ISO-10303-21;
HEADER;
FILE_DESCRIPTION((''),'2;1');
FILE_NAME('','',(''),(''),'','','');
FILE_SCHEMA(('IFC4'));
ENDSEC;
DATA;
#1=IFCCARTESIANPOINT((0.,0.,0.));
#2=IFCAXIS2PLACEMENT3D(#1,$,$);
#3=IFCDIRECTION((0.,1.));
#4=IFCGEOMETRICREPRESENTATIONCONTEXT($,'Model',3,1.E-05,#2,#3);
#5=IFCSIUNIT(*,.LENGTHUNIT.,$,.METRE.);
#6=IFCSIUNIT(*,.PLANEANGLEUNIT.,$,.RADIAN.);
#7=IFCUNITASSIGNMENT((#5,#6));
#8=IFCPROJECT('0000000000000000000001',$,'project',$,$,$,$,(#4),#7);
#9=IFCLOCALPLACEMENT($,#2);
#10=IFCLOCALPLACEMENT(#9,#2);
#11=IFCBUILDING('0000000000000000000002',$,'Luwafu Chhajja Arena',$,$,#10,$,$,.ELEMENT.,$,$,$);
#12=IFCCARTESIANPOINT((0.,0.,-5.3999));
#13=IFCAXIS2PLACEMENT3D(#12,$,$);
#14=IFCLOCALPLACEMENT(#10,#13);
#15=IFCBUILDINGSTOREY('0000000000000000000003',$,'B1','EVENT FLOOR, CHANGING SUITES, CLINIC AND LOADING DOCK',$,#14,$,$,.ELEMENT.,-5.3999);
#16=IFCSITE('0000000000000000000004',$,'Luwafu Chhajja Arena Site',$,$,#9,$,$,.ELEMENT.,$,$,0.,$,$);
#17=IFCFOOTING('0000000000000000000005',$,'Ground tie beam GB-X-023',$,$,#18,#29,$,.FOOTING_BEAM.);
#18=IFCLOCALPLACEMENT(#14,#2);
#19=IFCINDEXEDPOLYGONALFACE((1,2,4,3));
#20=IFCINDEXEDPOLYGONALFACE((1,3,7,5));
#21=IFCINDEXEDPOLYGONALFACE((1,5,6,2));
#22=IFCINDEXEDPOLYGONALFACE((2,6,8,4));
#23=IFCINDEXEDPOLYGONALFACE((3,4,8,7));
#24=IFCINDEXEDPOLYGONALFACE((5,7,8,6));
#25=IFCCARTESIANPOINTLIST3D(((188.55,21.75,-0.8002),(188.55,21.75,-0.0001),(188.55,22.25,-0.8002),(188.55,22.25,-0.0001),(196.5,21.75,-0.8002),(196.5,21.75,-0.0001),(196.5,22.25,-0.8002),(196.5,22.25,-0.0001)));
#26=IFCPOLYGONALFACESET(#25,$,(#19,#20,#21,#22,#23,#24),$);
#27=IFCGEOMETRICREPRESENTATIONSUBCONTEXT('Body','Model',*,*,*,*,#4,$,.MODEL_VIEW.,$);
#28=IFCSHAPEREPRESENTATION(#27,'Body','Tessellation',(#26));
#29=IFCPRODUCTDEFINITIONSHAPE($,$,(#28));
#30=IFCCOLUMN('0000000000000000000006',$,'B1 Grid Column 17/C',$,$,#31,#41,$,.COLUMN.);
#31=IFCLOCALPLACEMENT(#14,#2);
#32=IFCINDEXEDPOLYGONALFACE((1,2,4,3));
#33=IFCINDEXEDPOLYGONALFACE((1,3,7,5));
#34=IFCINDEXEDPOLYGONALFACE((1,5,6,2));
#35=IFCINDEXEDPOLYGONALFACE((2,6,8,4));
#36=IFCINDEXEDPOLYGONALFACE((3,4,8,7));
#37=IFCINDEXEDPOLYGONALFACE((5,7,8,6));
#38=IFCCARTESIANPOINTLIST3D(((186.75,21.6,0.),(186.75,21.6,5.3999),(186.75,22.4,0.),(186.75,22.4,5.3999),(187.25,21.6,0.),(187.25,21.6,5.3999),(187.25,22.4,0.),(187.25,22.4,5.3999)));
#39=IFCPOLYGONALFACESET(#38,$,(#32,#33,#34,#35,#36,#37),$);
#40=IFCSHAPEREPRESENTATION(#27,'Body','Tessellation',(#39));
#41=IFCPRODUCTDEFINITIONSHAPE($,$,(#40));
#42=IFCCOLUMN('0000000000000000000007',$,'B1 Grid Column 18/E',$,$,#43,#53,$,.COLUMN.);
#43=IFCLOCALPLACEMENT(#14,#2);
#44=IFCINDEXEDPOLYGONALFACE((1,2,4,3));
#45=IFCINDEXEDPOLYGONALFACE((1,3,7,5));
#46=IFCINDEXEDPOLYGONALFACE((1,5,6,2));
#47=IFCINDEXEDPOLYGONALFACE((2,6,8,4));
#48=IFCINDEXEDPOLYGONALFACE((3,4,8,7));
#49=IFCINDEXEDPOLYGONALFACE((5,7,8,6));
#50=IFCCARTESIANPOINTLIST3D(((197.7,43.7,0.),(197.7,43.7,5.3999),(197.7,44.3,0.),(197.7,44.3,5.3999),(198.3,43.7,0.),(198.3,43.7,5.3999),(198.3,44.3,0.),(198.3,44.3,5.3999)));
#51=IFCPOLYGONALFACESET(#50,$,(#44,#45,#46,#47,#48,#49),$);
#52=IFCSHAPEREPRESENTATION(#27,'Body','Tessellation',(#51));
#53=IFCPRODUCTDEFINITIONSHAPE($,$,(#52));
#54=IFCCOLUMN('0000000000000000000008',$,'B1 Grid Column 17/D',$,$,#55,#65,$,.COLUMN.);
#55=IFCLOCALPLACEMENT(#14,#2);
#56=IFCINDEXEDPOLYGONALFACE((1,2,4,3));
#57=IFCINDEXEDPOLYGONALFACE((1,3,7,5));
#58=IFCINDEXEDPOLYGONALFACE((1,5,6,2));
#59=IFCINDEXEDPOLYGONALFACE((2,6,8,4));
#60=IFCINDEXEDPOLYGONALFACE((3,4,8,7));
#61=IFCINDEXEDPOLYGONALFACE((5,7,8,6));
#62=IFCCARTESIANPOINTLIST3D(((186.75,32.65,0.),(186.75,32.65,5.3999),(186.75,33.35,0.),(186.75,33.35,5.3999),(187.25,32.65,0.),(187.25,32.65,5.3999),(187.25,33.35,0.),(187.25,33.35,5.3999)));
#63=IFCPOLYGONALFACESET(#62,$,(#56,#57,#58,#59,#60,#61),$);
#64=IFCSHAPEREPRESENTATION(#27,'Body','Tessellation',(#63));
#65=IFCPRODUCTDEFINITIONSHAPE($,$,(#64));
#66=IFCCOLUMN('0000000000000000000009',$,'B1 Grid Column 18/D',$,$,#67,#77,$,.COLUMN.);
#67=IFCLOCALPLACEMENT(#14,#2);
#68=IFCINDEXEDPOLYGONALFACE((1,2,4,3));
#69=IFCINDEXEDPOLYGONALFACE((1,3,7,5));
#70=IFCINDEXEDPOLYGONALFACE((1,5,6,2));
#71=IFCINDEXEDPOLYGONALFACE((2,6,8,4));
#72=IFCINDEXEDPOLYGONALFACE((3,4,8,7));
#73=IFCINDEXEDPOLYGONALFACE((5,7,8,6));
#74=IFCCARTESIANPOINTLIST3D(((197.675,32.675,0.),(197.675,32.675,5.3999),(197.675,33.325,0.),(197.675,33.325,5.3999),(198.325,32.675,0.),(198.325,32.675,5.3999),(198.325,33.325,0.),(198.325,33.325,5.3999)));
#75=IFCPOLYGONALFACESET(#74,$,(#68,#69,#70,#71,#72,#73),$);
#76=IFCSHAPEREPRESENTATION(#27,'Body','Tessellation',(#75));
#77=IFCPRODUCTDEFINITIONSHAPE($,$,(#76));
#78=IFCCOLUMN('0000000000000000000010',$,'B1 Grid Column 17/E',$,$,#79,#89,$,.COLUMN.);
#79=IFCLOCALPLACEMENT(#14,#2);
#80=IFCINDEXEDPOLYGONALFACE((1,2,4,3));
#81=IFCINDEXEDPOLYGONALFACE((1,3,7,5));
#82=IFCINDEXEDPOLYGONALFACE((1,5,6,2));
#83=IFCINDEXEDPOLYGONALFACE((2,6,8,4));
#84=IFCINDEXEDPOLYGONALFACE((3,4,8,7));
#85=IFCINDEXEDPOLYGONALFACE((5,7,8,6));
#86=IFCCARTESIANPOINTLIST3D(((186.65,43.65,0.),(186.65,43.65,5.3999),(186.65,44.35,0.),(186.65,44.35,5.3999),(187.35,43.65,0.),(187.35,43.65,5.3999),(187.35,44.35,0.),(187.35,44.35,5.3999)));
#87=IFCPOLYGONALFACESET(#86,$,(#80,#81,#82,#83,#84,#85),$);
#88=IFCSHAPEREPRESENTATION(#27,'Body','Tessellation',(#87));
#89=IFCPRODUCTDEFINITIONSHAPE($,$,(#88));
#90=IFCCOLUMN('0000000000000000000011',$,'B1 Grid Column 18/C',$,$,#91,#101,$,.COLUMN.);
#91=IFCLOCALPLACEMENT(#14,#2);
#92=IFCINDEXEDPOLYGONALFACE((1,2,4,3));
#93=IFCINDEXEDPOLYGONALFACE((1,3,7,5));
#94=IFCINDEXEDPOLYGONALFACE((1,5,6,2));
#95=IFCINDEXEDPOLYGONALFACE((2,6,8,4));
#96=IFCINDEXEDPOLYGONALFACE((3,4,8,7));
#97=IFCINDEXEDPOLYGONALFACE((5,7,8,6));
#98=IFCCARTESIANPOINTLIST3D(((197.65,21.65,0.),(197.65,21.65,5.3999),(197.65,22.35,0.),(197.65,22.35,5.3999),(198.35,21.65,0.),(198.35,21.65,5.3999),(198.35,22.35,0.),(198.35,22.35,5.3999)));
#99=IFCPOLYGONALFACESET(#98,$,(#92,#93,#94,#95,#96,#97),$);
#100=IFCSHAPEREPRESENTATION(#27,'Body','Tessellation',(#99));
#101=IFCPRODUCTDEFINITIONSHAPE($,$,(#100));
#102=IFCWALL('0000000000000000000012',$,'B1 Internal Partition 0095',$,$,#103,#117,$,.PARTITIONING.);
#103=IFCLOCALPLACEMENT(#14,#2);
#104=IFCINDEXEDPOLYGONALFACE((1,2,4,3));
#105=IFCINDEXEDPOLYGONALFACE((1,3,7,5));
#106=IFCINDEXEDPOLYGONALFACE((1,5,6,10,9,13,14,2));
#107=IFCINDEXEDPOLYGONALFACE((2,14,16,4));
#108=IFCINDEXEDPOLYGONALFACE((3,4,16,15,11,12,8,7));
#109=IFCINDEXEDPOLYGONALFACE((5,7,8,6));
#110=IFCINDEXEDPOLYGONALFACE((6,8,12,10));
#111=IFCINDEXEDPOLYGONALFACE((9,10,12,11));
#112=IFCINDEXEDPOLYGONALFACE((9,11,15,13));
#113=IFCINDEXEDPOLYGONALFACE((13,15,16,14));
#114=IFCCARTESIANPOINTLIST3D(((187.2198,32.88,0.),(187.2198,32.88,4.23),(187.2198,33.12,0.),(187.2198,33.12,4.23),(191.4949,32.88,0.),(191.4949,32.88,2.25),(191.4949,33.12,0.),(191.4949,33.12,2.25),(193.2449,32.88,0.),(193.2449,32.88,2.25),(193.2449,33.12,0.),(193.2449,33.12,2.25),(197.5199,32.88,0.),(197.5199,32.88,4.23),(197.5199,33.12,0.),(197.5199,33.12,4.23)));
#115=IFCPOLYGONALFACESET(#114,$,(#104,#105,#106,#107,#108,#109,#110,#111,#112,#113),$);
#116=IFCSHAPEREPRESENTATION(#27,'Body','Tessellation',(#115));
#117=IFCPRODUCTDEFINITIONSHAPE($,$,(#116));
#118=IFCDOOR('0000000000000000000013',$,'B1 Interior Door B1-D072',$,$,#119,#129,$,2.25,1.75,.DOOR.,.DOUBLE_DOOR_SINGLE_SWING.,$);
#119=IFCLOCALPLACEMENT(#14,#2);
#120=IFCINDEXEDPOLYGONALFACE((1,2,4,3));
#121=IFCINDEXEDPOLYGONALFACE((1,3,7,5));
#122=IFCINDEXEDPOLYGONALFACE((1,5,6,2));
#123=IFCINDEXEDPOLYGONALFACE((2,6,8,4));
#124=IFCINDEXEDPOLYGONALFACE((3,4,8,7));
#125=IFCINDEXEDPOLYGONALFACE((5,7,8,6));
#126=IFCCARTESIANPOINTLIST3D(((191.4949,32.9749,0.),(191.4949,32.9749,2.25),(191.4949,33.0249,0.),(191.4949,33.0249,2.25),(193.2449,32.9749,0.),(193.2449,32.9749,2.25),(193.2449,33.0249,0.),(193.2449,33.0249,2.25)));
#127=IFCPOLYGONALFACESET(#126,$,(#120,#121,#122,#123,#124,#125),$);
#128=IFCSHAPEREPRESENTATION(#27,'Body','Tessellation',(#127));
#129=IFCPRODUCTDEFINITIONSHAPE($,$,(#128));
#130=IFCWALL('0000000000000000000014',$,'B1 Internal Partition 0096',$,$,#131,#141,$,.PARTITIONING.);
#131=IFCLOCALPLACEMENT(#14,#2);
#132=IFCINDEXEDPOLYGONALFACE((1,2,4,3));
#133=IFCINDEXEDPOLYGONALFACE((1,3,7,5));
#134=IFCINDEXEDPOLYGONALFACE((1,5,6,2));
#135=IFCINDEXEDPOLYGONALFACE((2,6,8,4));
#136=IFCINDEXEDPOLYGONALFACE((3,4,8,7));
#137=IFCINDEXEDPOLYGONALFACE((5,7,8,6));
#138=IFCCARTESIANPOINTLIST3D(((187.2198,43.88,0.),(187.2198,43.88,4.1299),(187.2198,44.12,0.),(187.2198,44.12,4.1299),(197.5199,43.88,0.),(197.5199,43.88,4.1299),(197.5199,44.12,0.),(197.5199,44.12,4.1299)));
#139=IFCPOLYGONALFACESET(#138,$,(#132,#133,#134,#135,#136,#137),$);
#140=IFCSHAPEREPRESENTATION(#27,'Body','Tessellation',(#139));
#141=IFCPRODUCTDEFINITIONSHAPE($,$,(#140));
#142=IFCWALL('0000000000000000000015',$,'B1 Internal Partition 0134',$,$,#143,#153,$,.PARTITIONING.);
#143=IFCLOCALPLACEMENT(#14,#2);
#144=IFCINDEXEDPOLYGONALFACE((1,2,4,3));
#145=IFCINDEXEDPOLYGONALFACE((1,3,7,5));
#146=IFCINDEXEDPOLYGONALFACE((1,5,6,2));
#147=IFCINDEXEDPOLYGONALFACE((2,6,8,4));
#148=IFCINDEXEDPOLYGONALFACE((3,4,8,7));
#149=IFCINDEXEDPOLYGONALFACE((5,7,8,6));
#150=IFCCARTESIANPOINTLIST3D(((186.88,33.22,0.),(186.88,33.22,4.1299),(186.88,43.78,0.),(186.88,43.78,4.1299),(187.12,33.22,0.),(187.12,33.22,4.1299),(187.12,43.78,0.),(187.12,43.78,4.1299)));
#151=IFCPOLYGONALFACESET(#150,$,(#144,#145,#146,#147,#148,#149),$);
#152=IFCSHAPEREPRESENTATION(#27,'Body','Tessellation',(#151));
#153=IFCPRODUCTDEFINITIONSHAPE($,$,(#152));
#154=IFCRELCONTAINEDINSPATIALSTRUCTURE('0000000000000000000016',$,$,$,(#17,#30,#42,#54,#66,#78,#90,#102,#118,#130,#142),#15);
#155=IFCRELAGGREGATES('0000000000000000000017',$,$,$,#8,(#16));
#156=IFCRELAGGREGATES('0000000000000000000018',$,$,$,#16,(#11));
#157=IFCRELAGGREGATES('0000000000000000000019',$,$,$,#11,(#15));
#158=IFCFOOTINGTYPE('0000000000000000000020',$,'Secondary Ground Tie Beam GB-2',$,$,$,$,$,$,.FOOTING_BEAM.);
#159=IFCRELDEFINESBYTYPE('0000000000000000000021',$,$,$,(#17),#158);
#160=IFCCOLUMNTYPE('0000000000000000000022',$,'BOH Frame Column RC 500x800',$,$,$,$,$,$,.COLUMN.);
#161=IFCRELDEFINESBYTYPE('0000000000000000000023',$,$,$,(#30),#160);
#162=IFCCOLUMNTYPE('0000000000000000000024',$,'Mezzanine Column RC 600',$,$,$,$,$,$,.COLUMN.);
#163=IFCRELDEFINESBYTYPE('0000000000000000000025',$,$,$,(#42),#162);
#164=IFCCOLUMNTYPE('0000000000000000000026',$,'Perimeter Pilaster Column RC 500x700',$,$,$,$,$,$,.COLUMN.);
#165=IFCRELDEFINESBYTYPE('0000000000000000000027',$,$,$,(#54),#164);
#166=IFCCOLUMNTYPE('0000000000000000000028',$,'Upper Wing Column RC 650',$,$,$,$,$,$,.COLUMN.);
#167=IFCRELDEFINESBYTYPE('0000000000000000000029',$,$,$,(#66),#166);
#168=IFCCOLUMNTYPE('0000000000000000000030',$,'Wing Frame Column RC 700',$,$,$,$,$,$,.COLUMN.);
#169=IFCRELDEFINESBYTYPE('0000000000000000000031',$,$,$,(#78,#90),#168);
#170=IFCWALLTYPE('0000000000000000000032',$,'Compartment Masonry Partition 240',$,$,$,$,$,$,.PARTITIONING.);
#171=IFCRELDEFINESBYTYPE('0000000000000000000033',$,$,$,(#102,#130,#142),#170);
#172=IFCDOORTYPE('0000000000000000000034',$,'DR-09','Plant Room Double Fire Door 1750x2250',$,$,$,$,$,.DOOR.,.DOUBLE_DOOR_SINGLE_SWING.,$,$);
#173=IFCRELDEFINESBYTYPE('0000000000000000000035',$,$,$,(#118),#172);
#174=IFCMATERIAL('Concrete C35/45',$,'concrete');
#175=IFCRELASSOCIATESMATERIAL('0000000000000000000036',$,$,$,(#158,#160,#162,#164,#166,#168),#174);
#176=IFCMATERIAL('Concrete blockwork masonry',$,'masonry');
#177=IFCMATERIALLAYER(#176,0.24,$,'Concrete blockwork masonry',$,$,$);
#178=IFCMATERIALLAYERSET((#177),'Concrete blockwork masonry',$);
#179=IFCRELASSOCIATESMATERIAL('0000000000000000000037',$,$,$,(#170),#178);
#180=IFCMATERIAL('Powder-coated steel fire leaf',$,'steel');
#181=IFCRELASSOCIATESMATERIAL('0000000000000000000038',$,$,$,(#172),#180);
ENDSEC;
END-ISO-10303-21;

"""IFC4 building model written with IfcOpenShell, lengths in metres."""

from ifc_helpers import new_model, si_unit, direction, frame, frame_2d, origin, origin_2d, place, context, subcontext, project, spatial, rectangle, extrude, material, layer, layer_set, material_profile, profile_set, type_object, element, fill, save


model = new_model("IFC4")

# Units and contexts
model_context = context("Model", 3, precision=1e-05, world=origin(), true_north=direction((0.0, 1.0)))
body_context = subcontext(model_context, "Body", "Model", "MODEL_VIEW")
ifc_project = project(units=[si_unit("LENGTHUNIT", "METRE"), si_unit("PLANEANGLEUNIT", "RADIAN")], contexts=[model_context])

# Site, building, storey
site_placement = place(None, origin())
site = spatial("IfcSite", under=ifc_project, at=site_placement, Name="Luwafu Chhajja Arena Site", CompositionType="ELEMENT", RefElevation=0.0)
building_placement = place(site_placement, origin())
building = spatial("IfcBuilding", under=site, at=building_placement, Name="Luwafu Chhajja Arena", CompositionType="ELEMENT")
storey_placement = place(building_placement, frame((0.0, 0.0, -5.3999)))
storey = spatial("IfcBuildingStorey", under=building, at=storey_placement, Name="B1", Description="EVENT FLOOR, CHANGING SUITES, CLINIC AND LOADING DOCK", CompositionType="ELEMENT", Elevation=-5.3999)

# Shared definitions
ifc_material_1 = material(Name="Concrete C35/45", Category="concrete")

# Footing
ifc_material_profile_1 = material_profile(ifc_material_1, rectangle(XDim=0.5, YDim=0.8, at=origin_2d()), Name="RC 500x800")
ifc_profile_set_1 = profile_set([ifc_material_profile_1], Name="Concrete C35/45")
footing_type_1 = type_object("IfcFootingType", Name="Secondary Ground Tie Beam GB-2", PredefinedType="FOOTING_BEAM", material=ifc_profile_set_1)
footing_1_placement = place(storey_placement, frame((188.55, 22.0, -0.4001), z_axis=(1.0, 0.0, 0.0), x_axis=(0.0, 1.0, 0.0)))
element("IfcFooting", 1, at=footing_1_placement, inside=storey, type_object=footing_type_1, Name="Ground tie beam GB-X-023", PredefinedType="FOOTING_BEAM", context=body_context, shape_type="SweptSolid", body=[
    extrude(rectangle(XDim=0.5, YDim=0.8, at=origin_2d()), origin(), (0.0, 0.0, 1.0), 7.95),
])

# Columns
ifc_material_profile_2 = material_profile(ifc_material_1, rectangle(XDim=0.5, YDim=0.8, at=origin_2d()), Name="RC 500x800")
ifc_profile_set_2 = profile_set([ifc_material_profile_2], Name="Concrete C35/45")
column_type_1 = type_object("IfcColumnType", Name="BOH Frame Column RC 500x800", PredefinedType="COLUMN", material=ifc_profile_set_2)
column_1_placement = place(storey_placement, frame((187.0, 22.0, 0.0), z_axis=(0.0, 0.0, 1.0), x_axis=(1.0, 0.0, 0.0)))
element("IfcColumn", 2, at=column_1_placement, inside=storey, type_object=column_type_1, Name="B1 Grid Column 17/C", PredefinedType="COLUMN", context=body_context, shape_type="SweptSolid", body=[
    extrude(rectangle(XDim=0.5, YDim=0.8, at=origin_2d()), origin(), (0.0, 0.0, 1.0), 5.3999),
])
ifc_material_profile_3 = material_profile(ifc_material_1, rectangle(XDim=0.6001, YDim=0.6001, at=origin_2d()), Name="RC 600x600")
ifc_profile_set_3 = profile_set([ifc_material_profile_3], Name="Concrete C35/45")
column_type_2 = type_object("IfcColumnType", Name="Mezzanine Column RC 600", PredefinedType="COLUMN", material=ifc_profile_set_3)
column_2_placement = place(storey_placement, frame((198.0, 44.0, 0.0), z_axis=(0.0, 0.0, 1.0), x_axis=(1.0, 0.0, 0.0)))
element("IfcColumn", 3, at=column_2_placement, inside=storey, type_object=column_type_2, Name="B1 Grid Column 18/E", PredefinedType="COLUMN", context=body_context, shape_type="SweptSolid", body=[
    extrude(rectangle(XDim=0.6001, YDim=0.6001, at=origin_2d()), origin(), (0.0, 0.0, 1.0), 5.3999),
])
ifc_material_profile_4 = material_profile(ifc_material_1, rectangle(XDim=0.5, YDim=0.7, at=origin_2d()), Name="RC 500x700")
ifc_profile_set_4 = profile_set([ifc_material_profile_4], Name="Concrete C35/45")
column_type_3 = type_object("IfcColumnType", Name="Perimeter Pilaster Column RC 500x700", PredefinedType="COLUMN", material=ifc_profile_set_4)
column_3_placement = place(storey_placement, frame((187.0, 33.0, 0.0), z_axis=(0.0, 0.0, 1.0), x_axis=(1.0, 0.0, 0.0)))
element("IfcColumn", 4, at=column_3_placement, inside=storey, type_object=column_type_3, Name="B1 Grid Column 17/D", PredefinedType="COLUMN", context=body_context, shape_type="SweptSolid", body=[
    extrude(rectangle(XDim=0.5, YDim=0.7, at=origin_2d()), origin(), (0.0, 0.0, 1.0), 5.3999),
])
ifc_material_profile_5 = material_profile(ifc_material_1, rectangle(XDim=0.6499, YDim=0.6499, at=origin_2d()), Name="RC 650x650")
ifc_profile_set_5 = profile_set([ifc_material_profile_5], Name="Concrete C35/45")
column_type_4 = type_object("IfcColumnType", Name="Upper Wing Column RC 650", PredefinedType="COLUMN", material=ifc_profile_set_5)
column_4_placement = place(storey_placement, frame((198.0, 33.0, 0.0), z_axis=(0.0, 0.0, 1.0), x_axis=(1.0, 0.0, 0.0)))
element("IfcColumn", 5, at=column_4_placement, inside=storey, type_object=column_type_4, Name="B1 Grid Column 18/D", PredefinedType="COLUMN", context=body_context, shape_type="SweptSolid", body=[
    extrude(rectangle(XDim=0.6499, YDim=0.6499, at=origin_2d()), origin(), (0.0, 0.0, 1.0), 5.3999),
])
ifc_material_profile_6 = material_profile(ifc_material_1, rectangle(XDim=0.7, YDim=0.7, at=origin_2d()), Name="RC 700x700")
ifc_profile_set_6 = profile_set([ifc_material_profile_6], Name="Concrete C35/45")
column_type_5 = type_object("IfcColumnType", Name="Wing Frame Column RC 700", PredefinedType="COLUMN", material=ifc_profile_set_6)
for number, where, z_axis, x_axis, name in (
    (6, (187.0, 44.0, 0.0), (0.0, 0.0, 1.0), (1.0, 0.0, 0.0), "B1 Grid Column 17/E"),
    (7, (198.0, 22.0, 0.0), (0.0, 0.0, 1.0), (1.0, 0.0, 0.0), "B1 Grid Column 18/C"),
):
    element("IfcColumn", number, at=place(storey_placement, frame(where, z_axis=z_axis, x_axis=x_axis)), inside=storey, type_object=column_type_5, Name=name, PredefinedType="COLUMN", context=body_context, shape_type="SweptSolid", body=[
        extrude(rectangle(XDim=0.7, YDim=0.7, at=origin_2d()), origin(), (0.0, 0.0, 1.0), 5.3999),
    ])

# Wall, opening, door
ifc_material_2 = material(Name="Concrete blockwork masonry", Category="masonry")
ifc_layer_1 = layer(ifc_material_2, 0.24, Name="Concrete blockwork masonry")
ifc_layer_set_1 = layer_set([ifc_layer_1], Name="Concrete blockwork masonry")
wall_type_1 = type_object("IfcWallType", Name="Compartment Masonry Partition 240", PredefinedType="PARTITIONING", material=ifc_layer_set_1)
wall_1_placement = place(storey_placement, frame((187.22, 33.0, 0.0), z_axis=(0.0, 0.0, 1.0), x_axis=(1.0, 0.0, 0.0)))
wall_1 = element("IfcWall", 8, at=wall_1_placement, inside=storey, type_object=wall_type_1, Name="B1 Internal Partition 0095", PredefinedType="PARTITIONING", context=body_context, shape_type="SweptSolid", body=[
    extrude(rectangle(XDim=10.3, YDim=0.24, at=frame_2d((5.1499, 0.0))), origin(), (0.0, 0.0, 1.0), 4.23),
])
opening_1_placement = place(wall_1_placement, frame((4.2749, 0.0, 0.0)))
opening_1 = element("IfcOpeningElement", 9, at=opening_1_placement, cuts=wall_1, PredefinedType="OPENING", context=body_context, shape_type="SweptSolid", body=[
    extrude(rectangle(XDim=1.75, YDim=2.25, at=frame_2d((0.875, 1.125))), frame((0.0, 0.1299, 0.0), z_axis=(0.0, -1.0, 0.0), x_axis=(1.0, 0.0, 0.0)), (0.0, 0.0, 1.0), 0.26),
])
ifc_material_3 = material(Name="Powder-coated steel fire leaf", Category="steel")
door_type_1 = type_object("IfcDoorType", Name="DR-09", Description="Plant Room Double Fire Door 1750x2250", OperationType="DOUBLE_DOOR_SINGLE_SWING", PredefinedType="DOOR", material=ifc_material_3)
door_1_placement = place(opening_1_placement, origin())
door_1 = element("IfcDoor", 10, at=door_1_placement, inside=storey, type_object=door_type_1, Name="B1 Interior Door B1-D072", OperationType="DOUBLE_DOOR_SINGLE_SWING", OverallHeight=2.25, OverallWidth=1.75, PredefinedType="DOOR", context=body_context, shape_type="SweptSolid", body=[
    extrude(rectangle(XDim=1.75, YDim=2.25, at=frame_2d((0.875, 1.125))), frame((0.0, 0.0249, 0.0), z_axis=(0.0, -1.0, 0.0), x_axis=(1.0, 0.0, 0.0)), (0.0, 0.0, 1.0), 0.05),
])
fill(opening_1, door_1)

# Walls
wall_2_placement = place(storey_placement, frame((187.22, 44.0, 0.0), z_axis=(0.0, 0.0, 1.0), x_axis=(1.0, 0.0, 0.0)))
element("IfcWall", 11, at=wall_2_placement, inside=storey, type_object=wall_type_1, Name="B1 Internal Partition 0096", PredefinedType="PARTITIONING", context=body_context, shape_type="SweptSolid", body=[
    extrude(rectangle(XDim=10.3, YDim=0.24, at=frame_2d((5.1499, 0.0))), origin(), (0.0, 0.0, 1.0), 4.1299),
])
wall_3_placement = place(storey_placement, frame((187.0, 33.22, 0.0), z_axis=(0.0, 0.0, 1.0), x_axis=(0.0, 1.0, 0.0)))
element("IfcWall", 12, at=wall_3_placement, inside=storey, type_object=wall_type_1, Name="B1 Internal Partition 0134", PredefinedType="PARTITIONING", context=body_context, shape_type="SweptSolid", body=[
    extrude(rectangle(XDim=10.5601, YDim=0.24, at=frame_2d((5.28, 0.0))), origin(), (0.0, 0.0, 1.0), 4.1299),
])

save(model, "model.ifc")
